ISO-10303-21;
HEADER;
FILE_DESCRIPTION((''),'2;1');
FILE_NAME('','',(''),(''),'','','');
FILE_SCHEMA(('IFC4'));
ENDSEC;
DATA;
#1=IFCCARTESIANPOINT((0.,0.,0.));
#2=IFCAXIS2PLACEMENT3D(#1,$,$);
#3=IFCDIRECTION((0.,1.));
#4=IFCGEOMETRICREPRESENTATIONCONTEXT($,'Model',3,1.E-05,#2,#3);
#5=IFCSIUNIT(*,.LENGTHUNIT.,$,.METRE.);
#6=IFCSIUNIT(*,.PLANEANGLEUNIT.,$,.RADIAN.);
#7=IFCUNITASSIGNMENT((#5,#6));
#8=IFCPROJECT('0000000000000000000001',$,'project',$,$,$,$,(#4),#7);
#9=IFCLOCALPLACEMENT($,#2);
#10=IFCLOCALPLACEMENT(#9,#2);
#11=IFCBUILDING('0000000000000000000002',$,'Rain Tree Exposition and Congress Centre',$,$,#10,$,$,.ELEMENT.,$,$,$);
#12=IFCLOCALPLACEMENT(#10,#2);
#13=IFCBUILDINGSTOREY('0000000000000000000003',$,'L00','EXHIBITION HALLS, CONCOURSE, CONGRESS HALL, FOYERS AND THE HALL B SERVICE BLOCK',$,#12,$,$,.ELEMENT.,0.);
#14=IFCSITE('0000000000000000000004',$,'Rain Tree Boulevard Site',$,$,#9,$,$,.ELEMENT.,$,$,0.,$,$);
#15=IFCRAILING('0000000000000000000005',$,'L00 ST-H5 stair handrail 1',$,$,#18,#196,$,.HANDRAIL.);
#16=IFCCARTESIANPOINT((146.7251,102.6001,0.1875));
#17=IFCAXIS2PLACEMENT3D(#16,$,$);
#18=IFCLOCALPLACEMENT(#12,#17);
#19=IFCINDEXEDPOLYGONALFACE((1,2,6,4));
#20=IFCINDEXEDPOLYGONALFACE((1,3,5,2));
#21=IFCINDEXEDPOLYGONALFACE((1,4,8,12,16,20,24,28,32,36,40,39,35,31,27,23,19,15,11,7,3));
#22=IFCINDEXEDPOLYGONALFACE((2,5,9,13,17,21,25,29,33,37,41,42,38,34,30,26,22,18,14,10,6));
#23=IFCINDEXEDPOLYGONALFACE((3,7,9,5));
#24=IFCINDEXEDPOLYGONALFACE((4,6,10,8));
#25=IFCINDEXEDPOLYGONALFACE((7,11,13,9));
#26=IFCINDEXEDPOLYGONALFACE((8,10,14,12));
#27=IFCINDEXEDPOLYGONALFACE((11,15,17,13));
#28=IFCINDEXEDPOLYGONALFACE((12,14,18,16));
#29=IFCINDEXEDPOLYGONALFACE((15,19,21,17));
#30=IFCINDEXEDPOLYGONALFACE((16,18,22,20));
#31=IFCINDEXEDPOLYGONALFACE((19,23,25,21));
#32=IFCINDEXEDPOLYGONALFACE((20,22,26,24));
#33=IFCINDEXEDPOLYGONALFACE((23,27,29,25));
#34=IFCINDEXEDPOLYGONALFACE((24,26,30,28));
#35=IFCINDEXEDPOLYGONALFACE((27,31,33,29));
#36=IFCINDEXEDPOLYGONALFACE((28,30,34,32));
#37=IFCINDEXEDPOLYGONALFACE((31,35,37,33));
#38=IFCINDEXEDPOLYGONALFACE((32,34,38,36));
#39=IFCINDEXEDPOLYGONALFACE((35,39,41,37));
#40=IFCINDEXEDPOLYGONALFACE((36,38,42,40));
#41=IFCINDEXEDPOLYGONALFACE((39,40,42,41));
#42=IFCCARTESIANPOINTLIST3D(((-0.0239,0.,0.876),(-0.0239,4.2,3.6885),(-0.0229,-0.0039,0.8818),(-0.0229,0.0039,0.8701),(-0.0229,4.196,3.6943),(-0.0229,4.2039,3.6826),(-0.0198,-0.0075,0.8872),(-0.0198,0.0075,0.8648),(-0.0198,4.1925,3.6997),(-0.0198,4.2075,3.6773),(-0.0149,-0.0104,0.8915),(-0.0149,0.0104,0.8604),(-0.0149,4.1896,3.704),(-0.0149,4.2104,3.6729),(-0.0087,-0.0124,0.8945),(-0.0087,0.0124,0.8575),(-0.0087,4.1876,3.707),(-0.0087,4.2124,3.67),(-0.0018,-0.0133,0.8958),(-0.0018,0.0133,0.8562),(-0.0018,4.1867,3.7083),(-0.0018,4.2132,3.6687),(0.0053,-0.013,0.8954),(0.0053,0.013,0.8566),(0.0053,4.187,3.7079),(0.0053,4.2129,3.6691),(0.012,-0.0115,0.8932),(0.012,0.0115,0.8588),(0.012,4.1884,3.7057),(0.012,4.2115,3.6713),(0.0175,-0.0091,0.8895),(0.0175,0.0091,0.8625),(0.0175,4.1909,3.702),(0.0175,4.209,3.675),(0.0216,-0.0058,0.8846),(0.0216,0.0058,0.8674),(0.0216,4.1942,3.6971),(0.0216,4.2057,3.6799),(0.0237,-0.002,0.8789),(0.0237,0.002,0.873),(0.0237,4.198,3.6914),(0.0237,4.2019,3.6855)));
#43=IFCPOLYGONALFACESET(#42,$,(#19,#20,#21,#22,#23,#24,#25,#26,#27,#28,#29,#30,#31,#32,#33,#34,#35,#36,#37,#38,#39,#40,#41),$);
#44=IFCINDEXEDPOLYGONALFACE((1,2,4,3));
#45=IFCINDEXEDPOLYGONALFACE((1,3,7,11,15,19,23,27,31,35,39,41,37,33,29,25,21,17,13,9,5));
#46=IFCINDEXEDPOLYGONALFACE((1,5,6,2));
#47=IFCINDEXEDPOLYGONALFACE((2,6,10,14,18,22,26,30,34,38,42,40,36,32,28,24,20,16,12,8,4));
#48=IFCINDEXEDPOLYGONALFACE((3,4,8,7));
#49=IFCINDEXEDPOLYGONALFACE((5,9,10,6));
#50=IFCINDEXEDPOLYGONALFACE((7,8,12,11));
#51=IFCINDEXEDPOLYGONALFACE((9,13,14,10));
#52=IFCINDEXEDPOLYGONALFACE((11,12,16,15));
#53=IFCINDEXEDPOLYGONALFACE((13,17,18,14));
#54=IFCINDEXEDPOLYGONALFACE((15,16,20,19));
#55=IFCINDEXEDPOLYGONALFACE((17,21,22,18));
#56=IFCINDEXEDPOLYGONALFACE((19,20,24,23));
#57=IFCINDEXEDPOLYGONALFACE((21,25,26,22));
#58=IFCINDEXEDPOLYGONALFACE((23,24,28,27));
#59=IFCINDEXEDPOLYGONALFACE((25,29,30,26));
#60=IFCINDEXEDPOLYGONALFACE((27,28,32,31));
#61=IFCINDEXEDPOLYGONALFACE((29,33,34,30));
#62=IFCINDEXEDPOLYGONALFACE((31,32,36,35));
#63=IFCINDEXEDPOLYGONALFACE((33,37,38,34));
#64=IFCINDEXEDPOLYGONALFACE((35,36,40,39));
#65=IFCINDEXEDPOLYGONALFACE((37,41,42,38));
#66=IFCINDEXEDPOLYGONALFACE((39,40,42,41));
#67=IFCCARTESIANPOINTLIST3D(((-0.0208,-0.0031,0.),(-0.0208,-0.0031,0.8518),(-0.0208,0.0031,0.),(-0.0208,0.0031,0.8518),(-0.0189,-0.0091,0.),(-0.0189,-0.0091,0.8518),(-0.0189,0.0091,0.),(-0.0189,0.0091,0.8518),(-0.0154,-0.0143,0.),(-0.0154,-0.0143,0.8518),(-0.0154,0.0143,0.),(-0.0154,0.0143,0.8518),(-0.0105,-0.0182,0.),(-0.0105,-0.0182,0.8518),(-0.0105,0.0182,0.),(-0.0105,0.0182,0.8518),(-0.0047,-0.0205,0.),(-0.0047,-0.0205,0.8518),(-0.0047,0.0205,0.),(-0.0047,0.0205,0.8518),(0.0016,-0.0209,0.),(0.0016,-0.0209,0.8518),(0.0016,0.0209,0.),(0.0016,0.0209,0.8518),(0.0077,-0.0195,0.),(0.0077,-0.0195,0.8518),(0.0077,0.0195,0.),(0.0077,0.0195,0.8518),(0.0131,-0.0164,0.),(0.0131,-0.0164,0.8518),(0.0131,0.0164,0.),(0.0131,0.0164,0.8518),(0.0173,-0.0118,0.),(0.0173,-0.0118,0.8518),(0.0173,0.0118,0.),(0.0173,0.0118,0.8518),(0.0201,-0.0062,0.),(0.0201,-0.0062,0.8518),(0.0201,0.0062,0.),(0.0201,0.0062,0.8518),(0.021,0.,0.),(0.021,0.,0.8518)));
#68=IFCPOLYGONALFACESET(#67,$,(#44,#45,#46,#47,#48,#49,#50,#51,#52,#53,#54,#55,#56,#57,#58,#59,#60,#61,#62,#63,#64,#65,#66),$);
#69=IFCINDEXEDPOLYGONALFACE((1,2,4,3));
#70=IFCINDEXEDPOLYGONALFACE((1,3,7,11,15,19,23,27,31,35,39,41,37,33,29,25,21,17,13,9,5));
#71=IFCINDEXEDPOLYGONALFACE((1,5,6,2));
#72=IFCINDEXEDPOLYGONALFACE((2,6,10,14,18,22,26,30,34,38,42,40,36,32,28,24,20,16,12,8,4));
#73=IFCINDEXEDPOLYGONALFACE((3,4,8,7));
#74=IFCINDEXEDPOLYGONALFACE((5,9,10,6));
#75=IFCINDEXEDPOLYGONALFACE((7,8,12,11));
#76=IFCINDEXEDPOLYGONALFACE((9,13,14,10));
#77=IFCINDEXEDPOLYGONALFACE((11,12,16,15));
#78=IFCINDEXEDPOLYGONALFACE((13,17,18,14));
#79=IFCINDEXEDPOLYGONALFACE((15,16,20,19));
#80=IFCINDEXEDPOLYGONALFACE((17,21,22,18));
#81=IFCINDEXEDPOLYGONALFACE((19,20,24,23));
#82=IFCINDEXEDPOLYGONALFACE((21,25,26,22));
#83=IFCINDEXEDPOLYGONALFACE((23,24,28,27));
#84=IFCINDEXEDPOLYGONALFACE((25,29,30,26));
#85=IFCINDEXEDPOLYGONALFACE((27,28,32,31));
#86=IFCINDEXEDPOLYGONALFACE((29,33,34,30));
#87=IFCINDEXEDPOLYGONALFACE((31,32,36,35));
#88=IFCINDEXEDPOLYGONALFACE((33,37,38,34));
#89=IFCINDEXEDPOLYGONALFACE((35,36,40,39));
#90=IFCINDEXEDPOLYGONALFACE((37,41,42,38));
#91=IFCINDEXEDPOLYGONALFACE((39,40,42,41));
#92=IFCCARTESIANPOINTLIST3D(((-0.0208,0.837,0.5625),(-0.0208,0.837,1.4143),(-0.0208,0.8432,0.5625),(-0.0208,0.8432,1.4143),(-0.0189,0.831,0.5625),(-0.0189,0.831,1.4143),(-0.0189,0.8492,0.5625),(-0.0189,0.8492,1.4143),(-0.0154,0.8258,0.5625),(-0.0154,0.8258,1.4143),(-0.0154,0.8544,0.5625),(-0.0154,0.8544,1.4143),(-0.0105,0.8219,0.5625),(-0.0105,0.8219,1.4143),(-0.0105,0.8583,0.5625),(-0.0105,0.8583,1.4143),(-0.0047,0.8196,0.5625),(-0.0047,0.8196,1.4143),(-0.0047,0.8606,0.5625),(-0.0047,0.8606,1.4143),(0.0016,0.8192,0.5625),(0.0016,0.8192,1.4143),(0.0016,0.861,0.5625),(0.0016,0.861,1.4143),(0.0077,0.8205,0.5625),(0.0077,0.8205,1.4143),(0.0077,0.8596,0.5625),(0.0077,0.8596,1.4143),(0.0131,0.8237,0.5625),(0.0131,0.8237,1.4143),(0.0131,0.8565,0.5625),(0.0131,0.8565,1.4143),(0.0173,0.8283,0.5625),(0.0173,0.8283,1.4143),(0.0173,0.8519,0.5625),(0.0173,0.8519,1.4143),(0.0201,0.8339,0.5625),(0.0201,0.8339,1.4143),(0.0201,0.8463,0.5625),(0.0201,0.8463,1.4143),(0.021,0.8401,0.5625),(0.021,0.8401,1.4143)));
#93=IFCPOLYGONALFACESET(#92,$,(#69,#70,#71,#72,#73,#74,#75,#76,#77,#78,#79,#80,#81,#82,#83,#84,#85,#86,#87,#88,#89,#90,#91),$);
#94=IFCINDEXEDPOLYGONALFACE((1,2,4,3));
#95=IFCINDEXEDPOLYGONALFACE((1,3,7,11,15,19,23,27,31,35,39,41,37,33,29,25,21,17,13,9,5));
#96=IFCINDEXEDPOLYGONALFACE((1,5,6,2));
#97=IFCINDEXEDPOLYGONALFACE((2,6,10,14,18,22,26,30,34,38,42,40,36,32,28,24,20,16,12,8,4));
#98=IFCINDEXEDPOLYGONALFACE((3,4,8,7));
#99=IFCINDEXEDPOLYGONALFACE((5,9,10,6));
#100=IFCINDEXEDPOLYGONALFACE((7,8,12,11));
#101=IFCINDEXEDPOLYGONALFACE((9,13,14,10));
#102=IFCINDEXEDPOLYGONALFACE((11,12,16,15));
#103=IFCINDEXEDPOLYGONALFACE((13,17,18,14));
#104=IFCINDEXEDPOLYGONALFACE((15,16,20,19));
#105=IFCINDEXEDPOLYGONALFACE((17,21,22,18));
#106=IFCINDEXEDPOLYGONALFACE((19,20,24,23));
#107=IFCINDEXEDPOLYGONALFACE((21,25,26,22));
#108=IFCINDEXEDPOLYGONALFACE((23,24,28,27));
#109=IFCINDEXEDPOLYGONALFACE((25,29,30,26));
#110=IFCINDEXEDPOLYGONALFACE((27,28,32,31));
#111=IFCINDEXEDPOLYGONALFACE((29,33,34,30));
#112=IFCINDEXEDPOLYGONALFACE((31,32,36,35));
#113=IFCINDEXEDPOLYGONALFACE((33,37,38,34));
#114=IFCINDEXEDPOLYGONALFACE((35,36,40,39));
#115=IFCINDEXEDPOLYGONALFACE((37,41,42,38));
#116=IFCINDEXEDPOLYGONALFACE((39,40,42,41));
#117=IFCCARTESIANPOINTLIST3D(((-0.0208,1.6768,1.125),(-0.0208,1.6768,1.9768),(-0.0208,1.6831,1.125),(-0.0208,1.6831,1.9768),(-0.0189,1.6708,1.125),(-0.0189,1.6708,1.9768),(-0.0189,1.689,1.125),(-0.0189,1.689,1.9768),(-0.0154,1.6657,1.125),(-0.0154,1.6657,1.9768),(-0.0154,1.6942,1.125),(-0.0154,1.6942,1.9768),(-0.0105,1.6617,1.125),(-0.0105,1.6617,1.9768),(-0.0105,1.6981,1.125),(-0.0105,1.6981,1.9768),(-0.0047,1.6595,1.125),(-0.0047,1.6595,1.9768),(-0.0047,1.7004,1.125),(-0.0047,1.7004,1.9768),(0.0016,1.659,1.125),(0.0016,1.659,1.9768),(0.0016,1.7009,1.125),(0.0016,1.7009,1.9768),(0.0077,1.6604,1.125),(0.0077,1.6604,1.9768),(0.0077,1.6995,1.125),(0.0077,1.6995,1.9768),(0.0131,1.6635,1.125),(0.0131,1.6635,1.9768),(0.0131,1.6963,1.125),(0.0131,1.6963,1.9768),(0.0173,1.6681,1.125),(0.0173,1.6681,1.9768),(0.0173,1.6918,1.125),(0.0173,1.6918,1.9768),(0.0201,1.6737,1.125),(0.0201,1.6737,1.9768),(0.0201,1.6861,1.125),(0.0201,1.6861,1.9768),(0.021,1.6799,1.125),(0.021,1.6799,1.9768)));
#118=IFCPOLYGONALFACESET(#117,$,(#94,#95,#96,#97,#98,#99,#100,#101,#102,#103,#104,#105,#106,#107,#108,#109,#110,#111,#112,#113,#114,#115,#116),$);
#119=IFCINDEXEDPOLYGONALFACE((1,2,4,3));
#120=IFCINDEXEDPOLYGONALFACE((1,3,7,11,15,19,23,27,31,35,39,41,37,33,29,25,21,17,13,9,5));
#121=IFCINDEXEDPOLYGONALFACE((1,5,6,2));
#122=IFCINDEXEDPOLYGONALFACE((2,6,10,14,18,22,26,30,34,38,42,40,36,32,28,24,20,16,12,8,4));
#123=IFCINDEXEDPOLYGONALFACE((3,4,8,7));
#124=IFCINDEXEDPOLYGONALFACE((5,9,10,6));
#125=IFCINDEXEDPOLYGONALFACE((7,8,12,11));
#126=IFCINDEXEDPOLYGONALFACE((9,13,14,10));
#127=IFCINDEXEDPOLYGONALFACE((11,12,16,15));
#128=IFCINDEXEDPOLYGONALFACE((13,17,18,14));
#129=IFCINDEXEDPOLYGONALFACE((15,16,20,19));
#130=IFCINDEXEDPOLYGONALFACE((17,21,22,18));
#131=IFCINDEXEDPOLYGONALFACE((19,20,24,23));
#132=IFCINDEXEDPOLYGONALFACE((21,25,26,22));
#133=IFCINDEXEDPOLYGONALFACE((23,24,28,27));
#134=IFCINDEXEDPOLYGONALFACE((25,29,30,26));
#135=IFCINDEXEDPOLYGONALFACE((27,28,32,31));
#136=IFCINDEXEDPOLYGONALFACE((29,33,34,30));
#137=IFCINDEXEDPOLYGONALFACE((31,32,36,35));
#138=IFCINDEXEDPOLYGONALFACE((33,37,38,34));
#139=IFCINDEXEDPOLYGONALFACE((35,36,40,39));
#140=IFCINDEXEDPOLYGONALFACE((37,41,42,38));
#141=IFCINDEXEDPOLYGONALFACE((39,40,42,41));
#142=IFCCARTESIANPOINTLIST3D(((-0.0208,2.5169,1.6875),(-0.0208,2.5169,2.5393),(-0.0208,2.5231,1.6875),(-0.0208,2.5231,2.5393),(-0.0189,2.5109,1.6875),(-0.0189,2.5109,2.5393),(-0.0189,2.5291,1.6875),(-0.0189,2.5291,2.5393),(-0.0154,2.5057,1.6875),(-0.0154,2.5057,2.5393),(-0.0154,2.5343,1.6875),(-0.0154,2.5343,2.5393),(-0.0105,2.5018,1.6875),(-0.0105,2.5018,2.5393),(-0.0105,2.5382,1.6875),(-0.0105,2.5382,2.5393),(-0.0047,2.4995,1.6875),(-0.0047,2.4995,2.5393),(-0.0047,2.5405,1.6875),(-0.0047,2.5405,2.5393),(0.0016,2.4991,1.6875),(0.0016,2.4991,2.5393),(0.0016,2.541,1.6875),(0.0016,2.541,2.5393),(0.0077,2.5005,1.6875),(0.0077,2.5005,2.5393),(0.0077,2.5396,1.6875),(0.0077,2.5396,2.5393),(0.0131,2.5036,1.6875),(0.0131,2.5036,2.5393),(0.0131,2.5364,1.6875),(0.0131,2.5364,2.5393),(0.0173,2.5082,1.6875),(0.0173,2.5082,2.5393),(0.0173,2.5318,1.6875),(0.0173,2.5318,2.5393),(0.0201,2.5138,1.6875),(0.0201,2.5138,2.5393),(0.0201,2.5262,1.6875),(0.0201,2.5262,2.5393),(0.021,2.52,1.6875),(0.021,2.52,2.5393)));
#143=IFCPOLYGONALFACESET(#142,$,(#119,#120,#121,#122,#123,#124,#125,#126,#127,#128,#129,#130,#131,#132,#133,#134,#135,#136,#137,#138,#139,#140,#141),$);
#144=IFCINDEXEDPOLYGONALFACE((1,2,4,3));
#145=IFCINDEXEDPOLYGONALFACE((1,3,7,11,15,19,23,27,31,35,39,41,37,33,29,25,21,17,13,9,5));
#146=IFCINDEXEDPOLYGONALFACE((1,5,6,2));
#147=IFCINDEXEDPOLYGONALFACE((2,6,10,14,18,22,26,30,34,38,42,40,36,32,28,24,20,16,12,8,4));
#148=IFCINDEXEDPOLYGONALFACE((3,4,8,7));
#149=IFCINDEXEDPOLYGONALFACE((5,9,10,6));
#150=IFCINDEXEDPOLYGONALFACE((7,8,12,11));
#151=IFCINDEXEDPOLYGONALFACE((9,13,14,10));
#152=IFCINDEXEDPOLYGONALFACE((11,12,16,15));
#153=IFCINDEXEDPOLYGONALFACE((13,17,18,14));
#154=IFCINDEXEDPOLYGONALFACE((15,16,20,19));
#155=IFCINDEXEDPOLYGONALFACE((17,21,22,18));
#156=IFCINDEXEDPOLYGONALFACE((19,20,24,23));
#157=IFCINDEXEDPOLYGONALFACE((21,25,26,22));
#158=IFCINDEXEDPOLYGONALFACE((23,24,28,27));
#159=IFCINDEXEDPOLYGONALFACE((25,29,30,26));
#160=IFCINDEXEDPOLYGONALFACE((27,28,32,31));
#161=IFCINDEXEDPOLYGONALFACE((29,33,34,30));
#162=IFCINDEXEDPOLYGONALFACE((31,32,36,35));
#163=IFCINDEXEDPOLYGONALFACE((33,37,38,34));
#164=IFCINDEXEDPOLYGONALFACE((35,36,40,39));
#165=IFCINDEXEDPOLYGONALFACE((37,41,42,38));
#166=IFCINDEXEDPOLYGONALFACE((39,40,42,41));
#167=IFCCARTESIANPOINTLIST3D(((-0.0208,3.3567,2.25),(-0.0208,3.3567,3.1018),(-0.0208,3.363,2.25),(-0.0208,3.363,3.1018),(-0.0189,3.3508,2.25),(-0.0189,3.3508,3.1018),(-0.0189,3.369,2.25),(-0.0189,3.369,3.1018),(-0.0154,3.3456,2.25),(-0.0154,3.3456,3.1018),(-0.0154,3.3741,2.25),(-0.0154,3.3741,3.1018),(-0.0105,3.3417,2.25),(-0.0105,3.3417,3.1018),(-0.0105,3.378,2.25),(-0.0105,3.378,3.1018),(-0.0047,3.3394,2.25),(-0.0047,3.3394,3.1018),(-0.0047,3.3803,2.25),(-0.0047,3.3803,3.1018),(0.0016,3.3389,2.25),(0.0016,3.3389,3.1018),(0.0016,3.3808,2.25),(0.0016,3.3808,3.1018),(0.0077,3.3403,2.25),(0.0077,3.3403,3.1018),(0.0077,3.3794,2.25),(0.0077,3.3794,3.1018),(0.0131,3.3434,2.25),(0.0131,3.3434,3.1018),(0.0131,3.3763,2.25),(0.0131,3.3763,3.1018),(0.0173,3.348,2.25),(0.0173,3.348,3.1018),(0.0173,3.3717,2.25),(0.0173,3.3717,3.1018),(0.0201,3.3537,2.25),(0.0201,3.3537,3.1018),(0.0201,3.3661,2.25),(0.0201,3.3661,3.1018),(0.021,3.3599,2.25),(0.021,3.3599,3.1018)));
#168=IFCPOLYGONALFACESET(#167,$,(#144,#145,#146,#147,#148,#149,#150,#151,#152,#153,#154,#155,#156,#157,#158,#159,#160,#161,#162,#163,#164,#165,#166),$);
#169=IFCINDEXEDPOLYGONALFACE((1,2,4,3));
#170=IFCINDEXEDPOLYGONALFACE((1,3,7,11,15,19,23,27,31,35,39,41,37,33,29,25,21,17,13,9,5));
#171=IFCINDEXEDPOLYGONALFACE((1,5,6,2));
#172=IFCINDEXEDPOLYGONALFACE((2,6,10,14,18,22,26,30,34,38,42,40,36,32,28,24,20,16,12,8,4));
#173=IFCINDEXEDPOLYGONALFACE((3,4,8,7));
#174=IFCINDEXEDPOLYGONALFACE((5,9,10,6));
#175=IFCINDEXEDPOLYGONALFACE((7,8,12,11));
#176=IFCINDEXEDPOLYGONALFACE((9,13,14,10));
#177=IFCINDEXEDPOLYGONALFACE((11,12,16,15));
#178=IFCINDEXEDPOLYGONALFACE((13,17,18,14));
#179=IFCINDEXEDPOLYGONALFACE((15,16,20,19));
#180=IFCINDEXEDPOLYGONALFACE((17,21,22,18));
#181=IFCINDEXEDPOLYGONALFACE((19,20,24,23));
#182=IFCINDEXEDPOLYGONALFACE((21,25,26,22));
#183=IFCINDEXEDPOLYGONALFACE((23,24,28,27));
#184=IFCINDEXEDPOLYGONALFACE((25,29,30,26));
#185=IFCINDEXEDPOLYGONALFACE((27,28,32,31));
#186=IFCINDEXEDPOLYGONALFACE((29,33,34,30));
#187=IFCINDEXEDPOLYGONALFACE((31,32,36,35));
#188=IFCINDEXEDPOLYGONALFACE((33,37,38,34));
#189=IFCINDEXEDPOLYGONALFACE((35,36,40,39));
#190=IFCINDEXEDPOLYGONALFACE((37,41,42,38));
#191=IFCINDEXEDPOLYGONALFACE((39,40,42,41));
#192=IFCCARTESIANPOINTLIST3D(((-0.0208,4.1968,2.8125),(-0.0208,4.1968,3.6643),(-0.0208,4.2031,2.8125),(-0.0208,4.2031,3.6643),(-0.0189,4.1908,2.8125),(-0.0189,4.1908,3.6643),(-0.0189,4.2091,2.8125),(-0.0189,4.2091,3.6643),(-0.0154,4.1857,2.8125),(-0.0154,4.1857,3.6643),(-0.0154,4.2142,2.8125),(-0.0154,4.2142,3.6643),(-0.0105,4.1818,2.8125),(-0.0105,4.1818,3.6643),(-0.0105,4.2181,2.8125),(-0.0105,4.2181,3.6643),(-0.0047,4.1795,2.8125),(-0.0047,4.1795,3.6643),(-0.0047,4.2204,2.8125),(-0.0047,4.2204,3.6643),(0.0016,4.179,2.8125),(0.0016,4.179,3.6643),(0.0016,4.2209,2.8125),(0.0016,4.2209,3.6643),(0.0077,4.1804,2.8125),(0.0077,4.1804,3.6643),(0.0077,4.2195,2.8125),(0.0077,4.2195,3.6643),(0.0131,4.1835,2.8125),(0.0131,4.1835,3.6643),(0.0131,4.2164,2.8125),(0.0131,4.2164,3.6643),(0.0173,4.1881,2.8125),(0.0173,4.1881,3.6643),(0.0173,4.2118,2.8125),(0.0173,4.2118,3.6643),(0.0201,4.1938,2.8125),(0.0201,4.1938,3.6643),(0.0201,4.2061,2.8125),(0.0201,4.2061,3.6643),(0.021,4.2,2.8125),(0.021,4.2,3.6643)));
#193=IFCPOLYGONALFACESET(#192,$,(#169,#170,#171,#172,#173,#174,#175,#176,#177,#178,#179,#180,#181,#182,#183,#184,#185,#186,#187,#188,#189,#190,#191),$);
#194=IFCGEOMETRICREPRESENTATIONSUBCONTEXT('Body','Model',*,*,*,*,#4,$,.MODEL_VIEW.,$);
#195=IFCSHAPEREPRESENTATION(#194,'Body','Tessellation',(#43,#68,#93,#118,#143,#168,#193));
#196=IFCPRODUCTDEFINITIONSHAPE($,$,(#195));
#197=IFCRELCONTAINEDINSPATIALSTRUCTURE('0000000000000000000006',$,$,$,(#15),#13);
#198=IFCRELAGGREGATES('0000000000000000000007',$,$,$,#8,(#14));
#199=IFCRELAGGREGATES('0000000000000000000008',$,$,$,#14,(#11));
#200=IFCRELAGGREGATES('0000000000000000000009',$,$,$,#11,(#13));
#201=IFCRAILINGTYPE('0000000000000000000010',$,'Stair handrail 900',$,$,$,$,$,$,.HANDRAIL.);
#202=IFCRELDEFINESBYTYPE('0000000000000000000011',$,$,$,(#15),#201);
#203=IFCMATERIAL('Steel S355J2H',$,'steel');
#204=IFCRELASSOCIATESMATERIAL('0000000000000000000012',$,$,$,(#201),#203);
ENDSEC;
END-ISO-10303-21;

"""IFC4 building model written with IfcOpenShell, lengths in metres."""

from ifc_helpers import new_model, si_unit, direction, frame, origin, origin_2d, place, context, subcontext, project, spatial, circle, extrude, material, type_object, element, save


model = new_model("IFC4")

# Units and contexts
model_context = context("Model", 3, precision=1e-05, world=origin(), true_north=direction((0.0, 1.0)))
body_context = subcontext(model_context, "Body", "Model", "MODEL_VIEW")
ifc_project = project(units=[si_unit("LENGTHUNIT", "METRE"), si_unit("PLANEANGLEUNIT", "RADIAN")], contexts=[model_context])

# Site, building, storey
site_placement = place(None, origin())
site = spatial("IfcSite", under=ifc_project, at=site_placement, Name="Rain Tree Boulevard Site", CompositionType="ELEMENT", RefElevation=0.0)
building_placement = place(site_placement, origin())
building = spatial("IfcBuilding", under=site, at=building_placement, Name="Rain Tree Exposition and Congress Centre", CompositionType="ELEMENT")
storey_placement = place(building_placement, origin())
storey = spatial("IfcBuildingStorey", under=building, at=storey_placement, Name="L00", Description="EXHIBITION HALLS, CONCOURSE, CONGRESS HALL, FOYERS AND THE HALL B SERVICE BLOCK", CompositionType="ELEMENT", Elevation=0.0)

# Railing
ifc_material_1 = material(Name="Steel S355J2H", Category="steel")
railing_type_1 = type_object("IfcRailingType", Name="Stair handrail 900", PredefinedType="HANDRAIL", material=ifc_material_1)
railing_1_placement = place(storey_placement, frame((146.7251, 102.6001, 0.1875)))
element("IfcRailing", 1, at=railing_1_placement, inside=storey, type_object=railing_type_1, Name="L00 ST-H5 stair handrail 1", PredefinedType="HANDRAIL", context=body_context, shape_type="SweptSolid", body=[
    extrude(circle(Radius=0.0239, at=origin_2d()), frame((0.0, 0.0, 0.876), z_axis=(0.0, 0.830904, 0.556416), x_axis=(-1.0, 0.0, 0.0)), (0.0, 0.0, 1.0), 5.0547),
    extrude(circle(Radius=0.021, at=origin_2d()), origin(), (0.0, 0.0, 1.0), 0.8518),
    extrude(circle(Radius=0.021, at=origin_2d()), frame((0.0, 0.8401, 0.5625)), (0.0, 0.0, 1.0), 0.8518),
    extrude(circle(Radius=0.021, at=origin_2d()), frame((0.0, 1.6799, 1.125)), (0.0, 0.0, 1.0), 0.8518),
    extrude(circle(Radius=0.021, at=origin_2d()), frame((0.0, 2.52, 1.6875)), (0.0, 0.0, 1.0), 0.8518),
    extrude(circle(Radius=0.021, at=origin_2d()), frame((0.0, 3.3599, 2.25)), (0.0, 0.0, 1.0), 0.8518),
    extrude(circle(Radius=0.021, at=origin_2d()), frame((0.0, 4.2, 2.8125)), (0.0, 0.0, 1.0), 0.8518),
])

save(model, "model.ifc")
